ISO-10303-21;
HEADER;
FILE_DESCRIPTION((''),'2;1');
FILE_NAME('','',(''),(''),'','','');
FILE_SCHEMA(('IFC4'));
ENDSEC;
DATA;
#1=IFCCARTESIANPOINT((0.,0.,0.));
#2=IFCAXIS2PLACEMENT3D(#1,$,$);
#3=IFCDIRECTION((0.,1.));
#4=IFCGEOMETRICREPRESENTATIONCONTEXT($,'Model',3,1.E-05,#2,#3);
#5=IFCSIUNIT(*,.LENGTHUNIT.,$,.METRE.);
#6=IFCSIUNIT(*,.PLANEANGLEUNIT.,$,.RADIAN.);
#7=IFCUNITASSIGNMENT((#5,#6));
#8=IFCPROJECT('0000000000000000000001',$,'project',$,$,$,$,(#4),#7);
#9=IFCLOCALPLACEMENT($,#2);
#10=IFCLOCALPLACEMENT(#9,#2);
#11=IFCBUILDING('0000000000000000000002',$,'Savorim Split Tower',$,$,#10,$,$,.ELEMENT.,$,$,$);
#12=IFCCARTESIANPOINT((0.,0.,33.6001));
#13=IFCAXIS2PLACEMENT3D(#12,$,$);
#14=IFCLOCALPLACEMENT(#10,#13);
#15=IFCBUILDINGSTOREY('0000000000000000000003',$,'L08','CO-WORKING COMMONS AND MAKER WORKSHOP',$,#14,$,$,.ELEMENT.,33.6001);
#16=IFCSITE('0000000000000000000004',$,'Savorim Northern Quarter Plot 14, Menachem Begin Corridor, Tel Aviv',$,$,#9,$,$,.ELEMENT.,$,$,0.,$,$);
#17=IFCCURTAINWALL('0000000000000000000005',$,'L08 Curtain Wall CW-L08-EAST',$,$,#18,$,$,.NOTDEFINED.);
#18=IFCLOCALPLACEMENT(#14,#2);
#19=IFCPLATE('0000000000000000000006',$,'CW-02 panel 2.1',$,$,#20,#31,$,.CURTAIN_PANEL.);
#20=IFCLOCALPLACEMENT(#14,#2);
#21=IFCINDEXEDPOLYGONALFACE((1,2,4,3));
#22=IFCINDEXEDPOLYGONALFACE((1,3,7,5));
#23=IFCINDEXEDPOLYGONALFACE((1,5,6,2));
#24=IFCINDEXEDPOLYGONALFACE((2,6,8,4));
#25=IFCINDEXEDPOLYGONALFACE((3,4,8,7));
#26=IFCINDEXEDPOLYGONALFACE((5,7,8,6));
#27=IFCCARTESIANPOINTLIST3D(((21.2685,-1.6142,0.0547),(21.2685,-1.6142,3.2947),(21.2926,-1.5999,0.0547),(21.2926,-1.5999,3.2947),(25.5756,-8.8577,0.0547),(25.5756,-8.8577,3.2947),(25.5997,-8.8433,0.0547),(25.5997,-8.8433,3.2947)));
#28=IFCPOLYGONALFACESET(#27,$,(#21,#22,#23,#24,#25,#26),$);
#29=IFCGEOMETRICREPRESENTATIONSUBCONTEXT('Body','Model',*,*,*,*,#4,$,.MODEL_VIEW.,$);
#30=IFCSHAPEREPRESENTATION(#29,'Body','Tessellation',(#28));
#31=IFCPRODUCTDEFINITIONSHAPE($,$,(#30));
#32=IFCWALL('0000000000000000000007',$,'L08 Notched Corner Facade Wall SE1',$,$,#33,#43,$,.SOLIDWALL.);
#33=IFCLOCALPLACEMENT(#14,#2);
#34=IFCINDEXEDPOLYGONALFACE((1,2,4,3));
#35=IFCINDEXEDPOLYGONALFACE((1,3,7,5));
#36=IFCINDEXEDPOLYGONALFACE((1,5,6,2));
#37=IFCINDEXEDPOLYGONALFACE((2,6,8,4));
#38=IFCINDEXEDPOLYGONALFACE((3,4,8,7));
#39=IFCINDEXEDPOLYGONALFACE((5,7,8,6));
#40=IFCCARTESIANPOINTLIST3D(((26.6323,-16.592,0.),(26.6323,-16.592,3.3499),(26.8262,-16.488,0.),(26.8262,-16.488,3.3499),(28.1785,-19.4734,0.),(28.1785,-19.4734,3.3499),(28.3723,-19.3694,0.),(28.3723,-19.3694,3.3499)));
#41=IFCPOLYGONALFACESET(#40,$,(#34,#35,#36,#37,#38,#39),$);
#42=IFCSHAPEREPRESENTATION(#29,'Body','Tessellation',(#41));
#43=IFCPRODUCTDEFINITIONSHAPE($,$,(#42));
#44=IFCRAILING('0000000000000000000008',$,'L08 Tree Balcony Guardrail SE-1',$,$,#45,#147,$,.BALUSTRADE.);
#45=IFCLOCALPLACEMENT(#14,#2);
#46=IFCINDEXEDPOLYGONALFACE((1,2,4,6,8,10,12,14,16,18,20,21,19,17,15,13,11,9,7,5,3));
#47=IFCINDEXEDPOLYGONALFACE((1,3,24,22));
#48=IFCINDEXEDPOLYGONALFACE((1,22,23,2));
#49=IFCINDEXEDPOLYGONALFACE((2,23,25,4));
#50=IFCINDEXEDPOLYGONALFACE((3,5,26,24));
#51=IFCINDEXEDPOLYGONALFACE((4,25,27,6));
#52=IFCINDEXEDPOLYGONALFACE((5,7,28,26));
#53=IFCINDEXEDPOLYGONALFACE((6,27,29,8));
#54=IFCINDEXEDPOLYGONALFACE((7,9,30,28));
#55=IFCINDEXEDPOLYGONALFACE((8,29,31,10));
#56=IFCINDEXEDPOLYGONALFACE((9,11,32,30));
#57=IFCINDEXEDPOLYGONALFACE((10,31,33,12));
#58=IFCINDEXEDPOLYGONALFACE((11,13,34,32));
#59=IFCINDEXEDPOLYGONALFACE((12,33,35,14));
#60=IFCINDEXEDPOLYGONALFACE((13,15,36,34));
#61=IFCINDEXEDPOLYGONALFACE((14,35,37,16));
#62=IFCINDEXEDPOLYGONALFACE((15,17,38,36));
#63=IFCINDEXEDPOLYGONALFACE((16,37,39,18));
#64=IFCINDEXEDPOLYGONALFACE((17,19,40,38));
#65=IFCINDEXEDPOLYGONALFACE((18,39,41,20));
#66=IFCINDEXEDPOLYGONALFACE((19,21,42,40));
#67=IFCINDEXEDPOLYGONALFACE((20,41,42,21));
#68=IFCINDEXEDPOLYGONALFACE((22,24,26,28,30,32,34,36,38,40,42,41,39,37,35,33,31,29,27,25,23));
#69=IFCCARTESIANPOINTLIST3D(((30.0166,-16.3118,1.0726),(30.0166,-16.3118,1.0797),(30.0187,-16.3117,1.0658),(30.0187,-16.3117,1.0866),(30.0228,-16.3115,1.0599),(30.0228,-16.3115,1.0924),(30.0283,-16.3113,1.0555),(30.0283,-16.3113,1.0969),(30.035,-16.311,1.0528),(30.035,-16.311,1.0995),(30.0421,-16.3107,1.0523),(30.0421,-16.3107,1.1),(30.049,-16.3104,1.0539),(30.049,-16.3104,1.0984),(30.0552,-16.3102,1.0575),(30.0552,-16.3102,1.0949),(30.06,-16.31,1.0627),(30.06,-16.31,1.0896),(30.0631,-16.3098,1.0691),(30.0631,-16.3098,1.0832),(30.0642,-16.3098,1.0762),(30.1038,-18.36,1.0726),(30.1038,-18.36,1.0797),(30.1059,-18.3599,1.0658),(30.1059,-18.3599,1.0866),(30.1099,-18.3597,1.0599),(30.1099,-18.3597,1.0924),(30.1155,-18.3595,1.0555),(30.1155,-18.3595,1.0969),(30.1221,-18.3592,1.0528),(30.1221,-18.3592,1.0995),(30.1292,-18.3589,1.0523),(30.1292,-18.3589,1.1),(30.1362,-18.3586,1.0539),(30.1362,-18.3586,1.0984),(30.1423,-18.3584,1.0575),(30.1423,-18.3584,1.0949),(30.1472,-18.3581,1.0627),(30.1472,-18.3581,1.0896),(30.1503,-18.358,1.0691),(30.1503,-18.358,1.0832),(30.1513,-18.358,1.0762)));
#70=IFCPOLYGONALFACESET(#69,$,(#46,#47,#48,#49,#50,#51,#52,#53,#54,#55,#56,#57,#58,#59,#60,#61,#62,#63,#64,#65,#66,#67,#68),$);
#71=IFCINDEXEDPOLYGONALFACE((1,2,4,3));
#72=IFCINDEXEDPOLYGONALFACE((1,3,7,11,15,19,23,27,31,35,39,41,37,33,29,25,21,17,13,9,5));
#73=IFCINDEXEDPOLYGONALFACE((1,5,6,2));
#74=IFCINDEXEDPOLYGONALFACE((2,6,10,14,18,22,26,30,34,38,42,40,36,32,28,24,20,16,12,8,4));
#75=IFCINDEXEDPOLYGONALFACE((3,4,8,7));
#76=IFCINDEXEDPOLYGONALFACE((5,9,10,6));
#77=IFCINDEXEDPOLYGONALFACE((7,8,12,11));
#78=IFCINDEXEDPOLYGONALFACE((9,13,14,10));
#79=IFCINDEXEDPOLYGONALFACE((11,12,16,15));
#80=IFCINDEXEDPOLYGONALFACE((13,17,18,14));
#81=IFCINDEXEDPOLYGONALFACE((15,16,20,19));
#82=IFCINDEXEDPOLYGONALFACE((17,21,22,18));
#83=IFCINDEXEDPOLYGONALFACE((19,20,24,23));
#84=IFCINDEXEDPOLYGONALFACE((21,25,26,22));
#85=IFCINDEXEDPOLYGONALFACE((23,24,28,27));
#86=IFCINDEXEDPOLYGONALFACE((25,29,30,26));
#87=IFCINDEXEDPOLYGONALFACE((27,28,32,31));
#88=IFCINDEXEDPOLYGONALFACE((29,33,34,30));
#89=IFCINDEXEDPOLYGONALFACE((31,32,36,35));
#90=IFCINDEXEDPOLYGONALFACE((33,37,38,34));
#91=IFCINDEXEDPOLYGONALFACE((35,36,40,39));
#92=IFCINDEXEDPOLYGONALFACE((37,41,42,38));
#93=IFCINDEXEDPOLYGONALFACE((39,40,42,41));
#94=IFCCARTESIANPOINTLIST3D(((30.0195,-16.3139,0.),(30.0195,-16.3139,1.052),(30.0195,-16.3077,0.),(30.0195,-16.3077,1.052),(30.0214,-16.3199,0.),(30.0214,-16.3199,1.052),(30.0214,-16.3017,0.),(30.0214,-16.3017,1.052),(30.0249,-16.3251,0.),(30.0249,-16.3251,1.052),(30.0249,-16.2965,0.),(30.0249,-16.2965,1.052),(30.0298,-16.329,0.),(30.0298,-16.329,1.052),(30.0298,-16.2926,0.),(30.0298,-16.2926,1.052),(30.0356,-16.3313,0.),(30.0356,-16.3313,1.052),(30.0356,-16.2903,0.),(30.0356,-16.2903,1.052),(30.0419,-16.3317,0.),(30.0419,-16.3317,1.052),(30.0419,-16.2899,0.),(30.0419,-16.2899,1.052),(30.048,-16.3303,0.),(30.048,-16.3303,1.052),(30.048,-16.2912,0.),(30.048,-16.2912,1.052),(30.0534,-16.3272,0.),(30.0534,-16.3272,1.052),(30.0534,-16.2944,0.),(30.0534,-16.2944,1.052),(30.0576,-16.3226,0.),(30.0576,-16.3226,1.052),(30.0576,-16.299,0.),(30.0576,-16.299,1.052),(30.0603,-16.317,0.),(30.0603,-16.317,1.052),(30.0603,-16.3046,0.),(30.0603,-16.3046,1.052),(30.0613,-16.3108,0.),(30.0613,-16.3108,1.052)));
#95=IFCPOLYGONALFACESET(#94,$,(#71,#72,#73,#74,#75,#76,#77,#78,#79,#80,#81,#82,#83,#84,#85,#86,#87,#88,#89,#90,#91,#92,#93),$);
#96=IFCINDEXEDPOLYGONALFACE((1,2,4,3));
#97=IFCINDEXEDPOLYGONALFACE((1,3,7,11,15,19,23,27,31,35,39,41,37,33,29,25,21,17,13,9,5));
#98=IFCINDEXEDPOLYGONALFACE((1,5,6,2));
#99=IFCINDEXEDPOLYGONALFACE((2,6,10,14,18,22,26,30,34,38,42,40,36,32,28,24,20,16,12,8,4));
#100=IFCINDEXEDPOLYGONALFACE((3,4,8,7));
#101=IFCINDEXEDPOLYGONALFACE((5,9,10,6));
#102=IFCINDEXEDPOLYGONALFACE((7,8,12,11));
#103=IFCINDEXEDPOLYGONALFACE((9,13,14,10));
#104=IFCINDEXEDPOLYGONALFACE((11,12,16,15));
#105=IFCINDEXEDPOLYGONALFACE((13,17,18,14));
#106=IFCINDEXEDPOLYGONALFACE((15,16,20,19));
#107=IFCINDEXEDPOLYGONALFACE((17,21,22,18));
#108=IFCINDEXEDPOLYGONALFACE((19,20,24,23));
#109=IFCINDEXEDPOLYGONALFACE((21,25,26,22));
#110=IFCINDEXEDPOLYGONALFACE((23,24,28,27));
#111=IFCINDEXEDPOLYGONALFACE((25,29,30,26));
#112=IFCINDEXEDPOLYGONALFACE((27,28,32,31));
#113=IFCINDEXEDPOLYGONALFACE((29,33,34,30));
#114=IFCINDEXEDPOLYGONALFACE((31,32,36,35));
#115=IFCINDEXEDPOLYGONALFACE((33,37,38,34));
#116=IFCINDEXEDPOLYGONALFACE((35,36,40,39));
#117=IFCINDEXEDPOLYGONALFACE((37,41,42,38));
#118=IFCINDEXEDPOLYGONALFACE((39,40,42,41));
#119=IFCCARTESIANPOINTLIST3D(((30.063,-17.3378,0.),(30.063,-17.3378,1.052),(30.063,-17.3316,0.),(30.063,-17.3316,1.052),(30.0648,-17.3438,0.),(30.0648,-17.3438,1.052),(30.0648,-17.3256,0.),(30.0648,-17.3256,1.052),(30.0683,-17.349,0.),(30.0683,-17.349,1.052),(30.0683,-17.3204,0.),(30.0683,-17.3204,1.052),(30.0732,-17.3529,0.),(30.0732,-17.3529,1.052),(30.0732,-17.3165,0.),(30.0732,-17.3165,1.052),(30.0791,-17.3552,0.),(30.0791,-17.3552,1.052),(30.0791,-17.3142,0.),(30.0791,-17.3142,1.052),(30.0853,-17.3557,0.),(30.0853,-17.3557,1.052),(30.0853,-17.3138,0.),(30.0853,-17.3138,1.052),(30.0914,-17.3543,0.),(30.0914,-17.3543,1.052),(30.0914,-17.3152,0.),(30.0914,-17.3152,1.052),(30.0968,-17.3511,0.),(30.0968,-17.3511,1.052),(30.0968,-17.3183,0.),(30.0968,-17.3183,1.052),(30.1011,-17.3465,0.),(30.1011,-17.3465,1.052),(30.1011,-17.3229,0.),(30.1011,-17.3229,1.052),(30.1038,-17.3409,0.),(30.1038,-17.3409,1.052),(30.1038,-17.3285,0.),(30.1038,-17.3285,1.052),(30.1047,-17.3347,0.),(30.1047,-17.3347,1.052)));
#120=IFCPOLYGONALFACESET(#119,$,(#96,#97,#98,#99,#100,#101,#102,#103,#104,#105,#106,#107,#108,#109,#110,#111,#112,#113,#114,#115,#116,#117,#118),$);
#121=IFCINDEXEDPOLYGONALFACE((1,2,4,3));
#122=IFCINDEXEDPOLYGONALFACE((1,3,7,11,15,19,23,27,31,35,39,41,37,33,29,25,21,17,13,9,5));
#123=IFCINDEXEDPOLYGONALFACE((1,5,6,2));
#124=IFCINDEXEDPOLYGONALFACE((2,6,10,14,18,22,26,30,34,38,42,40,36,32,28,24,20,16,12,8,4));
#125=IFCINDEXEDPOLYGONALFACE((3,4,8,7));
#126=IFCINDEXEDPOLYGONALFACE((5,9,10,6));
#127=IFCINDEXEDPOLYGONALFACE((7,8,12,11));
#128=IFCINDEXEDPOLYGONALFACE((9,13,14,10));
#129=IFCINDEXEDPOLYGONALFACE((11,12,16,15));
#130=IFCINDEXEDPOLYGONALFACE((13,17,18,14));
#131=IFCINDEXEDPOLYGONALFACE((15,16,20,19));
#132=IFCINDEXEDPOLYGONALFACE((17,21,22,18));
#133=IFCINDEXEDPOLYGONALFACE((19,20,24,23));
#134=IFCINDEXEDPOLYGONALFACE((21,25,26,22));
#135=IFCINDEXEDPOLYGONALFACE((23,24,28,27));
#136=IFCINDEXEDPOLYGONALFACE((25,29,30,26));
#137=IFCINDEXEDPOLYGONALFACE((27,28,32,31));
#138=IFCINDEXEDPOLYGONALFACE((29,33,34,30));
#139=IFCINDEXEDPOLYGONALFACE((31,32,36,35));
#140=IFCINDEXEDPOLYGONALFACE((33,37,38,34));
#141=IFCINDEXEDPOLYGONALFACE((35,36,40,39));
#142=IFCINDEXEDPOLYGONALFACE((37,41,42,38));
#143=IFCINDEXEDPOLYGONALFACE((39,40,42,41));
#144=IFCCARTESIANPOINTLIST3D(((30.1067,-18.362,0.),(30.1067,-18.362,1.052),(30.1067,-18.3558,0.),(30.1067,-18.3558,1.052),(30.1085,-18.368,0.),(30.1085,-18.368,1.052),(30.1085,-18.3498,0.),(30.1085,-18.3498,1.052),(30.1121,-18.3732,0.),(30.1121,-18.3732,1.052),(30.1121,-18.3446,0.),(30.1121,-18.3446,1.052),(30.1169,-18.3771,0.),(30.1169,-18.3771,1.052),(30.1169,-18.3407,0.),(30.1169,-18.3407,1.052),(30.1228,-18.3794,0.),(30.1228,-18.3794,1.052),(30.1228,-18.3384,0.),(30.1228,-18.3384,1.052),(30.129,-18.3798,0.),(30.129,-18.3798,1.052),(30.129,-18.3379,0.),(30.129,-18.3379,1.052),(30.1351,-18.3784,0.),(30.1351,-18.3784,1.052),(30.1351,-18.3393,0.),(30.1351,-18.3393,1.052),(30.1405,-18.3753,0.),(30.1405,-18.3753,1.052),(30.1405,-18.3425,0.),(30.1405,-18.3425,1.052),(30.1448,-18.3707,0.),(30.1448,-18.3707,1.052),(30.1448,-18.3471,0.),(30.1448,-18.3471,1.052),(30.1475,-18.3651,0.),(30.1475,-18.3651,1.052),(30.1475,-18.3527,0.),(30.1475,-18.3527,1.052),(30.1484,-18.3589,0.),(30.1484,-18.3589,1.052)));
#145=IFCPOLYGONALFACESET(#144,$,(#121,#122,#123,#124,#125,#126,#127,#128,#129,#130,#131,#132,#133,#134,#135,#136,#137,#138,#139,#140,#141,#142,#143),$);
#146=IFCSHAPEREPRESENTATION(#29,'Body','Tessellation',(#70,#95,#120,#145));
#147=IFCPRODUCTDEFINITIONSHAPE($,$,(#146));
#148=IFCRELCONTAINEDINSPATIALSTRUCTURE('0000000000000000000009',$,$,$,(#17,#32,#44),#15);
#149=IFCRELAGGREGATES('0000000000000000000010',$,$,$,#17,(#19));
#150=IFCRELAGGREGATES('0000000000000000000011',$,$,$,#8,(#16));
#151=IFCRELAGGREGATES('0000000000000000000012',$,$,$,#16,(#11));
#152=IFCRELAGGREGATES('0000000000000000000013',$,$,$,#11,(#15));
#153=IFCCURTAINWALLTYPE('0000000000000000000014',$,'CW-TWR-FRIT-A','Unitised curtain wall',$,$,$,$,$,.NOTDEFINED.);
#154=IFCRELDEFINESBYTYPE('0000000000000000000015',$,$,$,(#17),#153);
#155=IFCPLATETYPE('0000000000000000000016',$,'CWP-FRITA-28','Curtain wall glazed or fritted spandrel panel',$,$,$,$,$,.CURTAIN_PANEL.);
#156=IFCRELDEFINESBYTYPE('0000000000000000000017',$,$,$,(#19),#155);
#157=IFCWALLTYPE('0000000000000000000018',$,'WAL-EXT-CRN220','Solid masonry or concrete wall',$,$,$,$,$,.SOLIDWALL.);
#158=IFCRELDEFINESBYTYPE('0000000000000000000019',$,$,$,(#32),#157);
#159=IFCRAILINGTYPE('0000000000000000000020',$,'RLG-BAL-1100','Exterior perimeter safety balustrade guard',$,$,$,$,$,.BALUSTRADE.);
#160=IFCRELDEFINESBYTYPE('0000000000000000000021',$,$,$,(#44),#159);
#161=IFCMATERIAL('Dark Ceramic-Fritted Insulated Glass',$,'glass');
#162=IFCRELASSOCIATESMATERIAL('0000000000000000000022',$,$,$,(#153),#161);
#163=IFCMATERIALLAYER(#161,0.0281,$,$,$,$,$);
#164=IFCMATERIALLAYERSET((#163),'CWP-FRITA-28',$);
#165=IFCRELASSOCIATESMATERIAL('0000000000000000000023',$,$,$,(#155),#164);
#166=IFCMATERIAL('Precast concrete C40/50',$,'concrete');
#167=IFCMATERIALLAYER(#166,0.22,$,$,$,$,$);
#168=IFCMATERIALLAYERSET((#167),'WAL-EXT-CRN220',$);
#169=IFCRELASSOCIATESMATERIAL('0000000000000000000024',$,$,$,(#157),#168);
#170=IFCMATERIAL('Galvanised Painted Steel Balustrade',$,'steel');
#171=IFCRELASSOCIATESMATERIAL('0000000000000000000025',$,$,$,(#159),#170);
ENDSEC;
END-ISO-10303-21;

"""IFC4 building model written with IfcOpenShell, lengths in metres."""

from ifc_helpers import new_model, si_unit, direction, frame, frame_2d, origin, origin_2d, place, context, subcontext, project, spatial, rectangle, circle, extrude, material, layer, layer_set, type_object, element, aggregate, save


model = new_model("IFC4")

# Units and contexts
model_context = context("Model", 3, precision=1e-05, world=origin(), true_north=direction((0.0, 1.0)))
body_context = subcontext(model_context, "Body", "Model", "MODEL_VIEW")
ifc_project = project(units=[si_unit("LENGTHUNIT", "METRE"), si_unit("PLANEANGLEUNIT", "RADIAN")], contexts=[model_context])

# Site, building, storey
site_placement = place(None, origin())
site = spatial("IfcSite", under=ifc_project, at=site_placement, Name="Savorim Northern Quarter Plot 14, Menachem Begin Corridor, Tel Aviv", CompositionType="ELEMENT", RefElevation=0.0)
building_placement = place(site_placement, origin())
building = spatial("IfcBuilding", under=site, at=building_placement, Name="Savorim Split Tower", CompositionType="ELEMENT")
storey_placement = place(building_placement, frame((0.0, 0.0, 33.6001)))
storey = spatial("IfcBuildingStorey", under=building, at=storey_placement, Name="L08", Description="CO-WORKING COMMONS AND MAKER WORKSHOP", CompositionType="ELEMENT", Elevation=33.6001)

# Curtain wall
ifc_material_1 = material(Name="Dark Ceramic-Fritted Insulated Glass", Category="glass")
curtain_wall_type = type_object("IfcCurtainWallType", Name="CW-TWR-FRIT-A", Description="Unitised curtain wall", PredefinedType="NOTDEFINED", material=ifc_material_1)
curtain_wall_1_placement = place(storey_placement, origin())
curtain_wall_1 = element("IfcCurtainWall", 1, at=curtain_wall_1_placement, inside=storey, type_object=curtain_wall_type, Name="L08 Curtain Wall CW-L08-EAST", PredefinedType="NOTDEFINED")

# Plate
ifc_layer_1 = layer(ifc_material_1, 0.0281)
ifc_layer_set_1 = layer_set([ifc_layer_1], Name="CWP-FRITA-28")
plate_type = type_object("IfcPlateType", Name="CWP-FRITA-28", Description="Curtain wall glazed or fritted spandrel panel", PredefinedType="CURTAIN_PANEL", material=ifc_layer_set_1)
plate_1_placement = place(storey_placement, frame((23.4341, -5.2288, 0.0547), z_axis=(0.0, 0.0, 1.0), x_axis=(-0.511092, 0.859526, 0.0)))
plate_1 = element("IfcPlate", 2, at=plate_1_placement, type_object=plate_type, Name="CW-02 panel 2.1", PredefinedType="CURTAIN_PANEL", context=body_context, shape_type="SweptSolid", body=[
    extrude(rectangle(XDim=8.4272, YDim=0.0281, at=origin_2d()), origin(), (0.0, 0.0, 1.0), 3.24),
])
aggregate(curtain_wall_1, [plate_1])

# Wall
ifc_material_2 = material(Name="Precast concrete C40/50", Category="concrete")
ifc_layer_2 = layer(ifc_material_2, 0.22)
ifc_layer_set_2 = layer_set([ifc_layer_2], Name="WAL-EXT-CRN220")
wall_type = type_object("IfcWallType", Name="WAL-EXT-CRN220", Description="Solid masonry or concrete wall", PredefinedType="SOLIDWALL", material=ifc_layer_set_2)
wall_1_placement = place(storey_placement, frame((26.7292, -16.54, 0.0), z_axis=(0.0, 0.0, 1.0), x_axis=(0.47283, -0.881153, 0.0)))
element("IfcWall", 3, at=wall_1_placement, inside=storey, type_object=wall_type, Name="L08 Notched Corner Facade Wall SE1", PredefinedType="SOLIDWALL", context=body_context, shape_type="SweptSolid", body=[
    extrude(rectangle(XDim=3.27, YDim=0.22, at=frame_2d((1.635, 0.0))), origin(), (0.0, 0.0, 1.0), 3.3499),
])

# Railing
ifc_material_3 = material(Name="Galvanised Painted Steel Balustrade", Category="steel")
railing_type = type_object("IfcRailingType", Name="RLG-BAL-1100", Description="Exterior perimeter safety balustrade guard", PredefinedType="BALUSTRADE", material=ifc_material_3)
railing_1_placement = place(storey_placement, frame((30.0403, -16.3108, 0.0)))
element("IfcRailing", 4, at=railing_1_placement, inside=storey, type_object=railing_type, Name="L08 Tree Balcony Guardrail SE-1", PredefinedType="BALUSTRADE", context=body_context, shape_type="SweptSolid", body=[
    extrude(circle(Radius=0.0239, at=origin_2d()), frame((0.0, 0.0, 1.0762), z_axis=(0.042517, -0.999096, 0.0), x_axis=(0.999096, 0.042517, 0.0)), (0.0, 0.0, 1.0), 2.05),
    extrude(circle(Radius=0.021, at=origin_2d()), origin(), (0.0, 0.0, 1.0), 1.052),
    extrude(circle(Radius=0.021, at=origin_2d()), frame((0.0435, -1.0239, 0.0)), (0.0, 0.0, 1.0), 1.052),
    extrude(circle(Radius=0.021, at=origin_2d()), frame((0.0872, -2.0481, 0.0)), (0.0, 0.0, 1.0), 1.052),
])

save(model, "model.ifc")
